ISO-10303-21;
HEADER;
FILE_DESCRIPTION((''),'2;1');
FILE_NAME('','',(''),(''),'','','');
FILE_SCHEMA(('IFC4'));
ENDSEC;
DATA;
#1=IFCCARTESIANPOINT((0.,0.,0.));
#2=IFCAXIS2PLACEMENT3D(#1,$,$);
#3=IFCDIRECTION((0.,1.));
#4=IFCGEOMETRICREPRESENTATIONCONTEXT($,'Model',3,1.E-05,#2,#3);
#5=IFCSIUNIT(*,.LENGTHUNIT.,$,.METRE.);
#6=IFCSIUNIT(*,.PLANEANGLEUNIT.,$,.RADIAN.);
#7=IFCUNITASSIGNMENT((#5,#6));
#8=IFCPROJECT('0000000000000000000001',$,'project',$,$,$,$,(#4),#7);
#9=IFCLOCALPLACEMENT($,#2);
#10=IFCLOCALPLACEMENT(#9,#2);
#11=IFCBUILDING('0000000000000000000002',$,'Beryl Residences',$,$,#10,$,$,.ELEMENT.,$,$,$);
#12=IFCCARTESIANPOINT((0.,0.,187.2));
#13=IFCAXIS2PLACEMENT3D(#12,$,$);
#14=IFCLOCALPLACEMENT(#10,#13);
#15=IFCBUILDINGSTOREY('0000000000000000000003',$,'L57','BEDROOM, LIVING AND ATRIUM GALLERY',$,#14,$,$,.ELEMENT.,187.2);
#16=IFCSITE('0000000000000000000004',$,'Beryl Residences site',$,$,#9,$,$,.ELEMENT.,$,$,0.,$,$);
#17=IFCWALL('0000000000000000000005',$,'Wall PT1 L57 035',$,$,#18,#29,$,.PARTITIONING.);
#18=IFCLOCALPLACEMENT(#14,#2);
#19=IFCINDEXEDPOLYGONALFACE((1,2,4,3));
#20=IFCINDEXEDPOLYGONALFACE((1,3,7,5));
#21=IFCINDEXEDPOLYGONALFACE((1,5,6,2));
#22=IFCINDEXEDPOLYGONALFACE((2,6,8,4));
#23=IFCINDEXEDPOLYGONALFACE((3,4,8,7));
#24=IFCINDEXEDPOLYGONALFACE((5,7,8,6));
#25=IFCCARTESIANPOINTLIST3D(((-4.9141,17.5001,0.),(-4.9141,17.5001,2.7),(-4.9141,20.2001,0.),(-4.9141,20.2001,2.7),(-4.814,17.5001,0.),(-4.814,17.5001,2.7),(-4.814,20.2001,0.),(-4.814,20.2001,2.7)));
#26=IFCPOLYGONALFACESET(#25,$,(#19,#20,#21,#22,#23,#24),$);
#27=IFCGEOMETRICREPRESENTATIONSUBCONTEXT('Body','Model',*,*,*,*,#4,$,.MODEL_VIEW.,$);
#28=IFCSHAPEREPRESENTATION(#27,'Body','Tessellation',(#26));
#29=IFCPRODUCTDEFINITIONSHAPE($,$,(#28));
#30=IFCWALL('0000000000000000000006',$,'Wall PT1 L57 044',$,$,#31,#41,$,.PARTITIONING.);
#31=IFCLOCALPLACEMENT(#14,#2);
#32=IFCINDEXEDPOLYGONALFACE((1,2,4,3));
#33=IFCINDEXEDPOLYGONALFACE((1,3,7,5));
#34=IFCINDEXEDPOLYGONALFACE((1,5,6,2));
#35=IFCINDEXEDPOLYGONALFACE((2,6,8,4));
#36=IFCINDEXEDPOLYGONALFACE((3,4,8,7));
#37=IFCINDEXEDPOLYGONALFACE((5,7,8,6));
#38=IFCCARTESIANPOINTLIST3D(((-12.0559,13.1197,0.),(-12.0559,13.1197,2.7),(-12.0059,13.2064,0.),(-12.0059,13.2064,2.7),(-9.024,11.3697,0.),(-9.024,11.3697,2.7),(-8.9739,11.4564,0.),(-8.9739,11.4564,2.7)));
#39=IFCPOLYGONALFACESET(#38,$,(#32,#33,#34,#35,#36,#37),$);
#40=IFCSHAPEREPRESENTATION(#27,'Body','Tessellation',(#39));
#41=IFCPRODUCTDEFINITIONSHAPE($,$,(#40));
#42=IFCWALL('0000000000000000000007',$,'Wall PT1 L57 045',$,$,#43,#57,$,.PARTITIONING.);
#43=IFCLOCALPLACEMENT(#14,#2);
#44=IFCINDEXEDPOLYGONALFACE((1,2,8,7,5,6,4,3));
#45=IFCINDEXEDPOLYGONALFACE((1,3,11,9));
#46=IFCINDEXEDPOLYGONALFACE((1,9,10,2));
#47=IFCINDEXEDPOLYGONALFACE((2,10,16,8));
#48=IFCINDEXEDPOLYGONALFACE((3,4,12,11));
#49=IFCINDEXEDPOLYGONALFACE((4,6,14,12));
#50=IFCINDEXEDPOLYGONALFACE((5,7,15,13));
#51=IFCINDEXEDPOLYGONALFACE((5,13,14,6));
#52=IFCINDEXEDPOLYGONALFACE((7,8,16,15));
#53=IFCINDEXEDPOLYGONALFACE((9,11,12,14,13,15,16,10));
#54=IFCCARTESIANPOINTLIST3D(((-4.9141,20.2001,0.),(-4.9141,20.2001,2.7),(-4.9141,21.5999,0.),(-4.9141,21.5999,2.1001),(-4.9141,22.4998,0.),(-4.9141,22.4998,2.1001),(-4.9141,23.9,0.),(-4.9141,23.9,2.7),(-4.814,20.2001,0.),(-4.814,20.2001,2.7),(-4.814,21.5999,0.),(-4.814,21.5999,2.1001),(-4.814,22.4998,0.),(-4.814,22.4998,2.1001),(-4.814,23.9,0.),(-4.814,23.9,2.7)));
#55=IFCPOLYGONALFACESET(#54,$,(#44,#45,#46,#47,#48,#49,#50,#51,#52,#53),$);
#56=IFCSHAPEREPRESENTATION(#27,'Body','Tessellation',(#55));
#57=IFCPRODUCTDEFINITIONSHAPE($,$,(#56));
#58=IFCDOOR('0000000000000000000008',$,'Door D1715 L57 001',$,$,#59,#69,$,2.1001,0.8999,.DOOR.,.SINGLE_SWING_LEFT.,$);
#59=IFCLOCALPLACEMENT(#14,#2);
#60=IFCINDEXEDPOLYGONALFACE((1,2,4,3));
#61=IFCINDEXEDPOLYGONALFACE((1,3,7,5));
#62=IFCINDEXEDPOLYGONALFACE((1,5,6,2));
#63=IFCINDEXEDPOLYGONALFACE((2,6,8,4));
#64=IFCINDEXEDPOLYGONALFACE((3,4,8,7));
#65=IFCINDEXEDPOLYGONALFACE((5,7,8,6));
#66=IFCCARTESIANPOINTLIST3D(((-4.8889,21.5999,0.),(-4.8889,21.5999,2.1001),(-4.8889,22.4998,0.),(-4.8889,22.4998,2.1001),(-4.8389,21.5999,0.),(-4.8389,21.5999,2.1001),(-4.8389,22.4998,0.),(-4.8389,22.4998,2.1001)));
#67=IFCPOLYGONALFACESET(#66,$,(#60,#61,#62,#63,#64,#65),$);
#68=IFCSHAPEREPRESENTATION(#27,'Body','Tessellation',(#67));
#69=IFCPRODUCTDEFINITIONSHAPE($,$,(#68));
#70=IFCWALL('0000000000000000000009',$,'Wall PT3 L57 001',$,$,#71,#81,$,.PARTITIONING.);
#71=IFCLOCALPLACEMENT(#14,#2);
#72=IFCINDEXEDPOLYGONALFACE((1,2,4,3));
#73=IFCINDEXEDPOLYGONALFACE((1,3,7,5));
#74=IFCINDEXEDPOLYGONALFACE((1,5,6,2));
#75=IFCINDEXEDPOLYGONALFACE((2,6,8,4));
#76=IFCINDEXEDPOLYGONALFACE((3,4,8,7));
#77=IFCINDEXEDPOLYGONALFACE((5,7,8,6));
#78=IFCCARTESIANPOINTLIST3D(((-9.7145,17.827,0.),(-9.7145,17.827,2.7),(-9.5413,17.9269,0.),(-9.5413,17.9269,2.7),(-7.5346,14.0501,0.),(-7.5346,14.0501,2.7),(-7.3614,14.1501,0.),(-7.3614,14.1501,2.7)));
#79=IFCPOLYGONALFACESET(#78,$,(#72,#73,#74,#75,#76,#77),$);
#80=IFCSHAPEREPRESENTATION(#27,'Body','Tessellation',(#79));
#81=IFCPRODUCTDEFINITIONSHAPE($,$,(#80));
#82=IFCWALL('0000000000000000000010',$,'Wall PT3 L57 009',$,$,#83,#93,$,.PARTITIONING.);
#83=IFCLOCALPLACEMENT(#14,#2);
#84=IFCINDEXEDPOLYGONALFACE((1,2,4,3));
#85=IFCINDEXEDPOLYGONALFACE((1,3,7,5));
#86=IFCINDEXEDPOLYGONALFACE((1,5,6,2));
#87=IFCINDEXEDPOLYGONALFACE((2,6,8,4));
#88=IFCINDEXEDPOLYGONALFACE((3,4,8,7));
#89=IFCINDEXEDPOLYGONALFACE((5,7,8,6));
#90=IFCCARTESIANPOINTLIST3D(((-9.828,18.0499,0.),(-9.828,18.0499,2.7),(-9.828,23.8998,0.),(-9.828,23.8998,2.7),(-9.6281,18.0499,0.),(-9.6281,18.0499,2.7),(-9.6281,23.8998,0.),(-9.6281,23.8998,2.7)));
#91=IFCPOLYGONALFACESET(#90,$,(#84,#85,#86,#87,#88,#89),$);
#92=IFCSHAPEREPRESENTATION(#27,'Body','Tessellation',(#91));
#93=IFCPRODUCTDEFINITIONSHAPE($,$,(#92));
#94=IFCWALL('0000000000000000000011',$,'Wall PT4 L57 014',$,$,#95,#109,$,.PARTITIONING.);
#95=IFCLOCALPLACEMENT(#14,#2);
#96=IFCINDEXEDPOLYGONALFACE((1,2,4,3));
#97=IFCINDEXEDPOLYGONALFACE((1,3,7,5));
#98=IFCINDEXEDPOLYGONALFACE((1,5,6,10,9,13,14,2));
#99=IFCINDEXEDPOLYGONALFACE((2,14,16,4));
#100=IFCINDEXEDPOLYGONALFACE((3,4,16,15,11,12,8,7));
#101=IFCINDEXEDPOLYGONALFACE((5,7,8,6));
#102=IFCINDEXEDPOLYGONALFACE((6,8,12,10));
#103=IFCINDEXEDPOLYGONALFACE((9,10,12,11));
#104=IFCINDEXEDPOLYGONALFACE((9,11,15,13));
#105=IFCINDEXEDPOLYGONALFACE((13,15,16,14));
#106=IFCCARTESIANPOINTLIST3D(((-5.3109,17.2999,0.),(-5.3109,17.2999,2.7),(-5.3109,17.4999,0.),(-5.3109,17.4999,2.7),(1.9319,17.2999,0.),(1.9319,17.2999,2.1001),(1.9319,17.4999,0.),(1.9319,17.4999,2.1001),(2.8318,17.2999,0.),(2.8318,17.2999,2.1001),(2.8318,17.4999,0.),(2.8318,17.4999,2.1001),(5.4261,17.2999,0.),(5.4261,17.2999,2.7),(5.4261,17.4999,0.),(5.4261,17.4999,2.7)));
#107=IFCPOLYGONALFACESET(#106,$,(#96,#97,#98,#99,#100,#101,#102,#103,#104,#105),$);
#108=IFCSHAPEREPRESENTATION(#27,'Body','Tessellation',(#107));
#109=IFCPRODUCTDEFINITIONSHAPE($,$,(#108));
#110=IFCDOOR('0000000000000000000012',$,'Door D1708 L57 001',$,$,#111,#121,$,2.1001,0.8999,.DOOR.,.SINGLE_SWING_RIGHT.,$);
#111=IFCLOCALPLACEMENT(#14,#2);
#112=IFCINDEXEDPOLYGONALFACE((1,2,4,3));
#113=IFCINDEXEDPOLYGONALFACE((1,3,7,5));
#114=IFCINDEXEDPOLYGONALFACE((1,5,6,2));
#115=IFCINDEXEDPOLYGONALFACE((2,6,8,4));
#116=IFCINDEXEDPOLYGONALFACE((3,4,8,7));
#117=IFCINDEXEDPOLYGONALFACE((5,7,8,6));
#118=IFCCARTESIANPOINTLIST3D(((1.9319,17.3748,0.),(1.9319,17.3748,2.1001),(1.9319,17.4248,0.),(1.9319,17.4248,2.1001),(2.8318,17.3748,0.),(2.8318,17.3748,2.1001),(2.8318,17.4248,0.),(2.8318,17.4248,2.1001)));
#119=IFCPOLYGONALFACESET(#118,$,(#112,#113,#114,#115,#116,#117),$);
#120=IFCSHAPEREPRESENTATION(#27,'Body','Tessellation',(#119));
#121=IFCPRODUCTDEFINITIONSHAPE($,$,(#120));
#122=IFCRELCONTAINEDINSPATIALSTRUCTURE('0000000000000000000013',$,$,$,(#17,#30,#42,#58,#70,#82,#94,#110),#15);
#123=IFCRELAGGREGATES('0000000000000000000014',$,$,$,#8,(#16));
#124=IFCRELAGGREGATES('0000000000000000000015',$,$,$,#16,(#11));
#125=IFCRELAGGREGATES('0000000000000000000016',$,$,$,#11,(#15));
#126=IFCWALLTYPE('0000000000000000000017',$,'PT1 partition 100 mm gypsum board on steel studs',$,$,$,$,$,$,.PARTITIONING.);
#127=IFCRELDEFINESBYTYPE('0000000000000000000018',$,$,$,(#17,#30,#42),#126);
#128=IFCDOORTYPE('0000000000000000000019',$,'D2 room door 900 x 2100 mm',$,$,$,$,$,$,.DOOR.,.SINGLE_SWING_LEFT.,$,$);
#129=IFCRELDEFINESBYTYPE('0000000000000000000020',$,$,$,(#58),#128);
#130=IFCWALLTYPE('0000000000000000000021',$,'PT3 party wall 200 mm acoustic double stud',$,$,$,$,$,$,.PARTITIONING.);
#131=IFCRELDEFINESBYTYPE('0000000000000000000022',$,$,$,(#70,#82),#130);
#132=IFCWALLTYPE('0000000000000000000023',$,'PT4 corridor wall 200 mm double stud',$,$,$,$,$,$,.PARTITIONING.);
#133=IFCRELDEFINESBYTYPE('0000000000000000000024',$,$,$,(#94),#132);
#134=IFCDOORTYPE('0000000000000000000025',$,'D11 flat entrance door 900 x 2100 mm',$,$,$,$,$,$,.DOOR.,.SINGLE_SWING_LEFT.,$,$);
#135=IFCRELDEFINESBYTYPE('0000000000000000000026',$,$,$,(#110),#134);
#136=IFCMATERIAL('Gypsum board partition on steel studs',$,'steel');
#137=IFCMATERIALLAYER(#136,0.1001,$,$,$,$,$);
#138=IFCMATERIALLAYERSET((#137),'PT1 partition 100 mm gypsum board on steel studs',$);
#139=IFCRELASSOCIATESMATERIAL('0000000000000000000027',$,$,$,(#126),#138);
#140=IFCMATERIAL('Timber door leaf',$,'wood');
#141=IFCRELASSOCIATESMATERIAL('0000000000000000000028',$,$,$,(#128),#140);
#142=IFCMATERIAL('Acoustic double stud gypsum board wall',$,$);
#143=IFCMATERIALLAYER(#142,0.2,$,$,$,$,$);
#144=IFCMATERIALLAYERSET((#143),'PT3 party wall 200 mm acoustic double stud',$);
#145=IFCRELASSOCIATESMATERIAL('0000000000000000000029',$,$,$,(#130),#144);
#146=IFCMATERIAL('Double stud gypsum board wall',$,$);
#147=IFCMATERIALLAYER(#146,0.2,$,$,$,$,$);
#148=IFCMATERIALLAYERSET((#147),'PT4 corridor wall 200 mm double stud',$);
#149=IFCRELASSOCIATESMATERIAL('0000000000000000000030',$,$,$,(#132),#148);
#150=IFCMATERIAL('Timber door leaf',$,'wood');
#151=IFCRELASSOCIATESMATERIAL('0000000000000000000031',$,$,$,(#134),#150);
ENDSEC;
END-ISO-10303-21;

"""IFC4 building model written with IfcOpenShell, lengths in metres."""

from ifc_helpers import new_model, si_unit, direction, frame, frame_2d, origin, place, context, subcontext, project, spatial, rectangle, extrude, material, layer, layer_set, type_object, element, fill, save


model = new_model("IFC4")

# Units and contexts
model_context = context("Model", 3, precision=1e-05, world=origin(), true_north=direction((0.0, 1.0)))
body_context = subcontext(model_context, "Body", "Model", "MODEL_VIEW")
ifc_project = project(units=[si_unit("LENGTHUNIT", "METRE"), si_unit("PLANEANGLEUNIT", "RADIAN")], contexts=[model_context])

# Site, building, storey
site_placement = place(None, origin())
site = spatial("IfcSite", under=ifc_project, at=site_placement, Name="Beryl Residences site", CompositionType="ELEMENT", RefElevation=0.0)
building_placement = place(site_placement, origin())
building = spatial("IfcBuilding", under=site, at=building_placement, Name="Beryl Residences", CompositionType="ELEMENT")
storey_placement = place(building_placement, frame((0.0, 0.0, 187.2)))
storey = spatial("IfcBuildingStorey", under=building, at=storey_placement, Name="L57", Description="BEDROOM, LIVING AND ATRIUM GALLERY", CompositionType="ELEMENT", Elevation=187.2)

# Shared definitions
ifc_material_1 = material(Name="Gypsum board partition on steel studs", Category="steel")
ifc_layer_1 = layer(ifc_material_1, 0.1001)
ifc_layer_set_1 = layer_set([ifc_layer_1], Name="PT1 partition 100 mm gypsum board on steel studs")
wall_type_1 = type_object("IfcWallType", Name="PT1 partition 100 mm gypsum board on steel studs", PredefinedType="PARTITIONING", material=ifc_layer_set_1)

# Walls
wall_1_placement = place(storey_placement, frame((-4.864, 17.5, 0.0), z_axis=(0.0, 0.0, 1.0), x_axis=(0.0, 1.0, 0.0)))
element("IfcWall", 1, at=wall_1_placement, inside=storey, type_object=wall_type_1, Name="Wall PT1 L57 035", PredefinedType="PARTITIONING", context=body_context, shape_type="SweptSolid", body=[
    extrude(rectangle(XDim=2.7, YDim=0.1001, at=frame_2d((1.3501, 0.0))), origin(), (0.0, 0.0, 1.0), 2.7),
])
wall_2_placement = place(storey_placement, frame((-12.031, 13.1631, 0.0), z_axis=(0.0, 0.0, 1.0), x_axis=(0.866089, -0.499889, 0.0)))
element("IfcWall", 2, at=wall_2_placement, inside=storey, type_object=wall_type_1, Name="Wall PT1 L57 044", PredefinedType="PARTITIONING", context=body_context, shape_type="SweptSolid", body=[
    extrude(rectangle(XDim=3.5007, YDim=0.1001, at=frame_2d((1.7505, 0.0))), origin(), (0.0, 0.0, 1.0), 2.7),
])

# Wall, opening, door
wall_3_placement = place(storey_placement, frame((-4.864, 20.2, 0.0), z_axis=(0.0, 0.0, 1.0), x_axis=(0.0, 1.0, 0.0)))
wall_3 = element("IfcWall", 3, at=wall_3_placement, inside=storey, type_object=wall_type_1, Name="Wall PT1 L57 045", PredefinedType="PARTITIONING", context=body_context, shape_type="SweptSolid", body=[
    extrude(rectangle(XDim=3.7, YDim=0.1001, at=frame_2d((1.8501, 0.0))), origin(), (0.0, 0.0, 1.0), 2.7),
])
opening_1_placement = place(wall_3_placement, frame((1.3999, 0.0, 0.0)))
opening_1 = element("IfcOpeningElement", 4, at=opening_1_placement, cuts=wall_3, PredefinedType="OPENING", context=body_context, shape_type="SweptSolid", body=[
    extrude(rectangle(XDim=0.8999, YDim=2.1001, at=frame_2d((0.45, 1.05))), frame((0.0, 0.0601, 0.0), z_axis=(0.0, -1.0, 0.0), x_axis=(1.0, 0.0, 0.0)), (0.0, 0.0, 1.0), 0.1201),
])
ifc_material_2 = material(Name="Timber door leaf", Category="wood")
door_type_1 = type_object("IfcDoorType", Name="D2 room door 900 x 2100 mm", OperationType="SINGLE_SWING_LEFT", PredefinedType="DOOR", material=ifc_material_2)
door_1_placement = place(opening_1_placement, origin())
door_1 = element("IfcDoor", 5, at=door_1_placement, inside=storey, type_object=door_type_1, Name="Door D1715 L57 001", OperationType="SINGLE_SWING_LEFT", OverallHeight=2.1001, OverallWidth=0.8999, PredefinedType="DOOR", context=body_context, shape_type="SweptSolid", body=[
    extrude(rectangle(XDim=0.8999, YDim=2.1001, at=frame_2d((0.45, 1.05))), frame((0.0, 0.0249, 0.0), z_axis=(0.0, -1.0, 0.0), x_axis=(1.0, 0.0, 0.0)), (0.0, 0.0, 1.0), 0.05),
])
fill(opening_1, door_1)

# Walls
ifc_material_3 = material(Name="Acoustic double stud gypsum board wall")
ifc_layer_2 = layer(ifc_material_3, 0.2)
ifc_layer_set_2 = layer_set([ifc_layer_2], Name="PT3 party wall 200 mm acoustic double stud")
wall_type_2 = type_object("IfcWallType", Name="PT3 party wall 200 mm acoustic double stud", PredefinedType="PARTITIONING", material=ifc_layer_set_2)
wall_4_placement = place(storey_placement, frame((-9.6279, 17.877, 0.0), z_axis=(0.0, 0.0, 1.0), x_axis=(0.49989, -0.866089, 0.0)))
element("IfcWall", 6, at=wall_4_placement, inside=storey, type_object=wall_type_2, Name="Wall PT3 L57 001", PredefinedType="PARTITIONING", context=body_context, shape_type="SweptSolid", body=[
    extrude(rectangle(XDim=4.3608, YDim=0.2, at=frame_2d((2.1804, 0.0))), origin(), (0.0, 0.0, 1.0), 2.7),
])
wall_5_placement = place(storey_placement, frame((-9.728, 18.05, 0.0), z_axis=(0.0, 0.0, 1.0), x_axis=(0.0, 1.0, 0.0)))
element("IfcWall", 7, at=wall_5_placement, inside=storey, type_object=wall_type_2, Name="Wall PT3 L57 009", PredefinedType="PARTITIONING", context=body_context, shape_type="SweptSolid", body=[
    extrude(rectangle(XDim=5.8499, YDim=0.2, at=frame_2d((2.9248, 0.0))), origin(), (0.0, 0.0, 1.0), 2.7),
])

# Wall, opening, door
ifc_material_4 = material(Name="Double stud gypsum board wall")
ifc_layer_3 = layer(ifc_material_4, 0.2)
ifc_layer_set_3 = layer_set([ifc_layer_3], Name="PT4 corridor wall 200 mm double stud")
wall_type_3 = type_object("IfcWallType", Name="PT4 corridor wall 200 mm double stud", PredefinedType="PARTITIONING", material=ifc_layer_set_3)
wall_6_placement = place(storey_placement, frame((-5.311, 17.3999, 0.0), z_axis=(0.0, 0.0, 1.0), x_axis=(1.0, 0.0, 0.0)))
wall_6 = element("IfcWall", 8, at=wall_6_placement, inside=storey, type_object=wall_type_3, Name="Wall PT4 L57 014", PredefinedType="PARTITIONING", context=body_context, shape_type="SweptSolid", body=[
    extrude(rectangle(XDim=10.7371, YDim=0.2, at=frame_2d((5.3687, 0.0))), origin(), (0.0, 0.0, 1.0), 2.7),
])
opening_2_placement = place(wall_6_placement, frame((7.2429, 0.0, 0.0)))
opening_2 = element("IfcOpeningElement", 9, at=opening_2_placement, cuts=wall_6, PredefinedType="OPENING", context=body_context, shape_type="SweptSolid", body=[
    extrude(rectangle(XDim=0.8999, YDim=2.1001, at=frame_2d((0.45, 1.05))), frame((0.0, 0.1099, 0.0), z_axis=(0.0, -1.0, 0.0), x_axis=(1.0, 0.0, 0.0)), (0.0, 0.0, 1.0), 0.22),
])
ifc_material_5 = material(Name="Timber door leaf", Category="wood")
door_type_2 = type_object("IfcDoorType", Name="D11 flat entrance door 900 x 2100 mm", OperationType="SINGLE_SWING_LEFT", PredefinedType="DOOR", material=ifc_material_5)
door_2_placement = place(opening_2_placement, origin())
door_2 = element("IfcDoor", 10, at=door_2_placement, inside=storey, type_object=door_type_2, Name="Door D1708 L57 001", OperationType="SINGLE_SWING_RIGHT", OverallHeight=2.1001, OverallWidth=0.8999, PredefinedType="DOOR", context=body_context, shape_type="SweptSolid", body=[
    extrude(rectangle(XDim=0.8999, YDim=2.1001, at=frame_2d((0.45, 1.05))), frame((0.0, 0.0249, 0.0), z_axis=(0.0, -1.0, 0.0), x_axis=(1.0, 0.0, 0.0)), (0.0, 0.0, 1.0), 0.05),
])
fill(opening_2, door_2)

save(model, "model.ifc")
